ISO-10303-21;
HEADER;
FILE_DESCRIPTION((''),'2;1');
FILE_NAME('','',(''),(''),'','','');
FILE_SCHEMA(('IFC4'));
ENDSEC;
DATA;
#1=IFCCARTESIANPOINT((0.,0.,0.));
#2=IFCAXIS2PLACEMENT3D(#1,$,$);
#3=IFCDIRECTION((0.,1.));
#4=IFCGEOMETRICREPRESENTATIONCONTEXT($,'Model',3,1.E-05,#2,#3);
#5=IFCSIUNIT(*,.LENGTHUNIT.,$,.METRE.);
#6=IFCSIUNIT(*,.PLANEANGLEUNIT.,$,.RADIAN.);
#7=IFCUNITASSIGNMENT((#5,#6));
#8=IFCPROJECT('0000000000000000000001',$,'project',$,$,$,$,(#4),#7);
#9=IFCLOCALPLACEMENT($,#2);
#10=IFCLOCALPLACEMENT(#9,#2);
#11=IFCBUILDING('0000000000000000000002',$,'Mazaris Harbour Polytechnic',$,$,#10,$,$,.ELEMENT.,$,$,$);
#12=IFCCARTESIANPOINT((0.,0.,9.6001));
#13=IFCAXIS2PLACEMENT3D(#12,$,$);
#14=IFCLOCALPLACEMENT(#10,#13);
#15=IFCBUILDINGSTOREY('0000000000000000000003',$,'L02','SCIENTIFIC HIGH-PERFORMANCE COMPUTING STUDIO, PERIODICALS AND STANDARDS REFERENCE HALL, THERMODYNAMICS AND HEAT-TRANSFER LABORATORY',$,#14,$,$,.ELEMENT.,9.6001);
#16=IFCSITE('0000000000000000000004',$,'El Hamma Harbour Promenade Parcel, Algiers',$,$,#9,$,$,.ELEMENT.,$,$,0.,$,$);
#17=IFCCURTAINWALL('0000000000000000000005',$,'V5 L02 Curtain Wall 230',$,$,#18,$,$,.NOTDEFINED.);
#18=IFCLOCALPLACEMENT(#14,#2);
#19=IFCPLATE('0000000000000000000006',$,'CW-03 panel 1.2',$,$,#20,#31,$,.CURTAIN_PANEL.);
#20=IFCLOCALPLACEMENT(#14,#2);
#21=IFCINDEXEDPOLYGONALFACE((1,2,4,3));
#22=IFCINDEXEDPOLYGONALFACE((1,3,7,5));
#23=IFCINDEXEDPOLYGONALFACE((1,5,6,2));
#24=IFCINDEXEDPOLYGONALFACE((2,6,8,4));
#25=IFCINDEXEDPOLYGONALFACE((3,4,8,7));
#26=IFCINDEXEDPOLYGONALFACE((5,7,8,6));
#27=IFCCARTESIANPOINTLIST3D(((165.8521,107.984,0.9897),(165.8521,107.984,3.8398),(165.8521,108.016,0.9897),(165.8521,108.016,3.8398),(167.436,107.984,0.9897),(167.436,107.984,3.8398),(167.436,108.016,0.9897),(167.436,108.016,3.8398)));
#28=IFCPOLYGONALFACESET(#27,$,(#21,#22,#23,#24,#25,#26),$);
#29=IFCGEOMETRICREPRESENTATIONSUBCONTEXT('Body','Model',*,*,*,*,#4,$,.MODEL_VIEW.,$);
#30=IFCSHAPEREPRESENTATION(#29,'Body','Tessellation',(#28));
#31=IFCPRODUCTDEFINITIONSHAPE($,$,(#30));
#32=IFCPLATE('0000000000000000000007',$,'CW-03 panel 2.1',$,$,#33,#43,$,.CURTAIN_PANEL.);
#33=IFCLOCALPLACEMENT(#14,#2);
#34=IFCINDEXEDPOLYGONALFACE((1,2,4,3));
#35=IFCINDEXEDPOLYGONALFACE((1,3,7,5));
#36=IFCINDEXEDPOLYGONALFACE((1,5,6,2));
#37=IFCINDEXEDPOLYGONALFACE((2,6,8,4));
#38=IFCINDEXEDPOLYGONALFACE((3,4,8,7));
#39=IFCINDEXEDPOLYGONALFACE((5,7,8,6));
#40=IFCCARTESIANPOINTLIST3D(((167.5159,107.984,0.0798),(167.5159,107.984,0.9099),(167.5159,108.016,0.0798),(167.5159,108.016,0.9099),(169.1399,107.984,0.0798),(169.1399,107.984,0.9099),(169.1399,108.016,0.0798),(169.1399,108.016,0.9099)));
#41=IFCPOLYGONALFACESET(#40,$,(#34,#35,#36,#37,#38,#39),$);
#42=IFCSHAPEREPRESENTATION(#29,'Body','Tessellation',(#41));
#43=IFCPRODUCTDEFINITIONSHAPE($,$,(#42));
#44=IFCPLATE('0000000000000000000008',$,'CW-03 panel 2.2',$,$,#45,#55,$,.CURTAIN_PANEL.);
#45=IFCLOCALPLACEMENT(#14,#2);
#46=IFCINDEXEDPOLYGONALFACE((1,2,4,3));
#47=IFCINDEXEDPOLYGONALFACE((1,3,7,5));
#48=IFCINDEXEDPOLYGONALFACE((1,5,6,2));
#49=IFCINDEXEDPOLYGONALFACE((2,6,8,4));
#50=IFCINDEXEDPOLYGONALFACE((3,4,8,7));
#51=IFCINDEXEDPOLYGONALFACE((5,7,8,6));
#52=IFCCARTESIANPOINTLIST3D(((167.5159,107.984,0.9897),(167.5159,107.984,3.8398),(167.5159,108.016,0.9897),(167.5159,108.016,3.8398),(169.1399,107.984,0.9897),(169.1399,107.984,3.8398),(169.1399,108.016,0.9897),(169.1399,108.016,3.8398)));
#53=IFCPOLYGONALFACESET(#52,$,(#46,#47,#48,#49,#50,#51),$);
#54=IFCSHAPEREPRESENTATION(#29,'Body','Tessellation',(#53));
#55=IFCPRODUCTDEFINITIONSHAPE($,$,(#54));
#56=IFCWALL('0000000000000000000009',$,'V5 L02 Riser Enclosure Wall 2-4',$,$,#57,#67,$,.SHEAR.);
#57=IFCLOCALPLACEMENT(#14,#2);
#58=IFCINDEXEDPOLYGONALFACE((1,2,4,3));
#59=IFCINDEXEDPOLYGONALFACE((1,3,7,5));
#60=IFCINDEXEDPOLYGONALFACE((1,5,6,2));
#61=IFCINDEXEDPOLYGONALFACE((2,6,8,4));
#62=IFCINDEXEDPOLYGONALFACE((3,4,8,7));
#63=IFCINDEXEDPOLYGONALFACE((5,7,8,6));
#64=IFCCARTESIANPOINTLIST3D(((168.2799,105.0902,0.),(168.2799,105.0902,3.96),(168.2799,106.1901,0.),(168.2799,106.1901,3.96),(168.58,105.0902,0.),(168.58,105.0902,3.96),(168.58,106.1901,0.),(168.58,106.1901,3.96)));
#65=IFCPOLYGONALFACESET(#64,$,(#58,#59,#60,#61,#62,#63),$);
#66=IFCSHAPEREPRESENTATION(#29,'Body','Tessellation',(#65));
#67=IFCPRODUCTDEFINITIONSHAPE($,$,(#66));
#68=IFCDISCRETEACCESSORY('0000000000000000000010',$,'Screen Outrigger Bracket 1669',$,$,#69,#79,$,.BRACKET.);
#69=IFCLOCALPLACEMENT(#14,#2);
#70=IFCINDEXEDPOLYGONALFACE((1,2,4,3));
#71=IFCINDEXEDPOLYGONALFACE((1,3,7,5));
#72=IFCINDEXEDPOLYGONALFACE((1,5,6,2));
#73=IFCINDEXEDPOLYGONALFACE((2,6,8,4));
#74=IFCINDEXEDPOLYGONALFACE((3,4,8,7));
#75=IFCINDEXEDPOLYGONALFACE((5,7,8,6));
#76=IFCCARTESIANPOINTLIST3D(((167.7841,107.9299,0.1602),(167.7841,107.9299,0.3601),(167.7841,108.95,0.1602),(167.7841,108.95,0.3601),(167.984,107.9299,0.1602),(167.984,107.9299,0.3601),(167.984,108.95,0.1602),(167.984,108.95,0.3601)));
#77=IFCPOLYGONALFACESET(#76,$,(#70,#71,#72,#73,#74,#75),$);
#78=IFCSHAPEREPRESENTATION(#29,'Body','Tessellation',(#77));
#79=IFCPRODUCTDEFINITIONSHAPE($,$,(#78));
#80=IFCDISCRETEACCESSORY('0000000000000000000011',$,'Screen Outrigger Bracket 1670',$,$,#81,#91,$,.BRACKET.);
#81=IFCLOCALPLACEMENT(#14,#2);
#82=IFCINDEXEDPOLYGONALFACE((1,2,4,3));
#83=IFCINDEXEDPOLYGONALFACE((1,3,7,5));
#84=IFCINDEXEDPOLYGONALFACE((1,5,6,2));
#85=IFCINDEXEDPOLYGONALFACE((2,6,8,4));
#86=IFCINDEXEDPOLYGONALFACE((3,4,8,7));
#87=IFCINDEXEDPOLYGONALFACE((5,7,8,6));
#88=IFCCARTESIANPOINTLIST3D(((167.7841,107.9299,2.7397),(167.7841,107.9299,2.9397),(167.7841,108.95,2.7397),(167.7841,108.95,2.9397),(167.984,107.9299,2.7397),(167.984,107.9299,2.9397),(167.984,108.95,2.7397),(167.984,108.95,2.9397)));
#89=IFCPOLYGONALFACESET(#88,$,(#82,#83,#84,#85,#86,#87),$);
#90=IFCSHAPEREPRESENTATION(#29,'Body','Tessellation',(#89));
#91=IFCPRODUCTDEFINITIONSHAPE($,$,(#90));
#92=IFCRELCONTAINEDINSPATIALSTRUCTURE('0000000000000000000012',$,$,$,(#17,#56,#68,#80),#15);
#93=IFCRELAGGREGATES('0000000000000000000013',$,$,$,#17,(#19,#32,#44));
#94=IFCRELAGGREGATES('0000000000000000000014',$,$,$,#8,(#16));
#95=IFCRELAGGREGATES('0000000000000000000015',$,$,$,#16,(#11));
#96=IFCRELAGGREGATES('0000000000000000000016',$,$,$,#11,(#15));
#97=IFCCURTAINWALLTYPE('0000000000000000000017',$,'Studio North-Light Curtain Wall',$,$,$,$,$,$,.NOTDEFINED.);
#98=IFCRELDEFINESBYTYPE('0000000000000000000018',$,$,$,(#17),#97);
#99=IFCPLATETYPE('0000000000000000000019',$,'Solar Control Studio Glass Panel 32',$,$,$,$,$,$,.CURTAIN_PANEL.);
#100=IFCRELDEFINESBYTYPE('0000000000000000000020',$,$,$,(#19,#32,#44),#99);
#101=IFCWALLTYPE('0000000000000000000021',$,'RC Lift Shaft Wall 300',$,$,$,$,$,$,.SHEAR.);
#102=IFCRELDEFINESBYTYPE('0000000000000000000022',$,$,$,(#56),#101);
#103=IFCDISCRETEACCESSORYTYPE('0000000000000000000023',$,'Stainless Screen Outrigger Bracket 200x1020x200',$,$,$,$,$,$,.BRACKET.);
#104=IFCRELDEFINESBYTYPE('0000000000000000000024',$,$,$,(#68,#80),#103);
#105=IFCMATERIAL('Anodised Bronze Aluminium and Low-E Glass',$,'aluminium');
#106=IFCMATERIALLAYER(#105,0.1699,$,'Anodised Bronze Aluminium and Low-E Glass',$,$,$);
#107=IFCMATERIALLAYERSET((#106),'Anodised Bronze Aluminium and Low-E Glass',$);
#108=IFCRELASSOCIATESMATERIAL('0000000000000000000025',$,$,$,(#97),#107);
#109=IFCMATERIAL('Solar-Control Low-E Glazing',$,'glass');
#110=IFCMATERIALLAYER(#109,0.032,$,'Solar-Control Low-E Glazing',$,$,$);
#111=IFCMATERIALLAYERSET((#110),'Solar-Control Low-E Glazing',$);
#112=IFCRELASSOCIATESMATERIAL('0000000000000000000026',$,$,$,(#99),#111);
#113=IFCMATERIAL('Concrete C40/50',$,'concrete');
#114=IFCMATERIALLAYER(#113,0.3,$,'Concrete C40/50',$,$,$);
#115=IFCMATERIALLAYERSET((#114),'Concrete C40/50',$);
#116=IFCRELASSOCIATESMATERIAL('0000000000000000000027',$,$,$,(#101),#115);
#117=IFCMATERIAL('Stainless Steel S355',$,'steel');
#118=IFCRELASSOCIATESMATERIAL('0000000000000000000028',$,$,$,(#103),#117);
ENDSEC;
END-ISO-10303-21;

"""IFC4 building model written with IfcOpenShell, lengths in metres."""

from ifc_helpers import new_model, si_unit, direction, frame, frame_2d, origin, origin_2d, place, context, subcontext, project, spatial, rectangle, extrude, material, layer, layer_set, type_object, element, aggregate, save


model = new_model("IFC4")

# Units and contexts
model_context = context("Model", 3, precision=1e-05, world=origin(), true_north=direction((0.0, 1.0)))
body_context = subcontext(model_context, "Body", "Model", "MODEL_VIEW")
ifc_project = project(units=[si_unit("LENGTHUNIT", "METRE"), si_unit("PLANEANGLEUNIT", "RADIAN")], contexts=[model_context])

# Site, building, storey
site_placement = place(None, origin())
site = spatial("IfcSite", under=ifc_project, at=site_placement, Name="El Hamma Harbour Promenade Parcel, Algiers", CompositionType="ELEMENT", RefElevation=0.0)
building_placement = place(site_placement, origin())
building = spatial("IfcBuilding", under=site, at=building_placement, Name="Mazaris Harbour Polytechnic", CompositionType="ELEMENT")
storey_placement = place(building_placement, frame((0.0, 0.0, 9.6001)))
storey = spatial("IfcBuildingStorey", under=building, at=storey_placement, Name="L02", Description="SCIENTIFIC HIGH-PERFORMANCE COMPUTING STUDIO, PERIODICALS AND STANDARDS REFERENCE HALL, THERMODYNAMICS AND HEAT-TRANSFER LABORATORY", CompositionType="ELEMENT", Elevation=9.6001)

# Curtain wall, plates
ifc_material_1 = material(Name="Anodised Bronze Aluminium and Low-E Glass", Category="aluminium")
ifc_layer_1 = layer(ifc_material_1, 0.1699, Name="Anodised Bronze Aluminium and Low-E Glass")
ifc_layer_set_1 = layer_set([ifc_layer_1], Name="Anodised Bronze Aluminium and Low-E Glass")
curtain_wall_type = type_object("IfcCurtainWallType", Name="Studio North-Light Curtain Wall", PredefinedType="NOTDEFINED", material=ifc_layer_set_1)
curtain_wall_placement = place(storey_placement, origin())
curtain_wall = element("IfcCurtainWall", 1, at=curtain_wall_placement, inside=storey, type_object=curtain_wall_type, Name="V5 L02 Curtain Wall 230", PredefinedType="NOTDEFINED")
ifc_material_2 = material(Name="Solar-Control Low-E Glazing", Category="glass")
ifc_layer_2 = layer(ifc_material_2, 0.032, Name="Solar-Control Low-E Glazing")
ifc_layer_set_2 = layer_set([ifc_layer_2], Name="Solar-Control Low-E Glazing")
plate_type = type_object("IfcPlateType", Name="Solar Control Studio Glass Panel 32", PredefinedType="CURTAIN_PANEL", material=ifc_layer_set_2)
plate_1_placement = place(storey_placement, frame((166.644, 108.0, 0.9897), z_axis=(0.0, 0.0, 1.0), x_axis=(1.0, 0.0, 0.0)))
plate_1 = element("IfcPlate", 2, at=plate_1_placement, type_object=plate_type, Name="CW-03 panel 1.2", PredefinedType="CURTAIN_PANEL", context=body_context, shape_type="SweptSolid", body=[
    extrude(rectangle(XDim=1.584, YDim=0.032, at=origin_2d()), origin(), (0.0, 0.0, 1.0), 2.8501),
])
plate_2_placement = place(storey_placement, frame((168.3279, 108.0, 0.0798), z_axis=(0.0, 0.0, 1.0), x_axis=(1.0, 0.0, 0.0)))
plate_2 = element("IfcPlate", 3, at=plate_2_placement, type_object=plate_type, Name="CW-03 panel 2.1", PredefinedType="CURTAIN_PANEL", context=body_context, shape_type="SweptSolid", body=[
    extrude(rectangle(XDim=1.624, YDim=0.032, at=origin_2d()), origin(), (0.0, 0.0, 1.0), 0.8301),
])
plate_3_placement = place(storey_placement, frame((168.3279, 108.0, 0.9897), z_axis=(0.0, 0.0, 1.0), x_axis=(1.0, 0.0, 0.0)))
plate_3 = element("IfcPlate", 4, at=plate_3_placement, type_object=plate_type, Name="CW-03 panel 2.2", PredefinedType="CURTAIN_PANEL", context=body_context, shape_type="SweptSolid", body=[
    extrude(rectangle(XDim=1.624, YDim=0.032, at=origin_2d()), origin(), (0.0, 0.0, 1.0), 2.8501),
])
aggregate(curtain_wall, [plate_1, plate_2, plate_3])

# Wall
ifc_material_3 = material(Name="Concrete C40/50", Category="concrete")
ifc_layer_3 = layer(ifc_material_3, 0.3, Name="Concrete C40/50")
ifc_layer_set_3 = layer_set([ifc_layer_3], Name="Concrete C40/50")
wall_type = type_object("IfcWallType", Name="RC Lift Shaft Wall 300", PredefinedType="SHEAR", material=ifc_layer_set_3)
wall_placement = place(storey_placement, frame((168.4299, 106.1899, 0.0), z_axis=(0.0, 0.0, 1.0), x_axis=(0.0, -1.0, 0.0)))
element("IfcWall", 5, at=wall_placement, inside=storey, type_object=wall_type, Name="V5 L02 Riser Enclosure Wall 2-4", PredefinedType="SHEAR", context=body_context, shape_type="SweptSolid", body=[
    extrude(rectangle(XDim=1.0999, YDim=0.3, at=frame_2d((0.5498, 0.0))), origin(), (0.0, 0.0, 1.0), 3.96),
])

# Discrete accessories
ifc_material_4 = material(Name="Stainless Steel S355", Category="steel")
discrete_accessory_type = type_object("IfcDiscreteAccessoryType", Name="Stainless Screen Outrigger Bracket 200x1020x200", PredefinedType="BRACKET", material=ifc_material_4)
for number, where, z_axis, x_axis, name in (
    (6, (167.884, 108.4399, 0.1602), (0.0, 0.0, 1.0), (1.0, 0.0, 0.0), "Screen Outrigger Bracket 1669"),
    (7, (167.884, 108.4399, 2.7397), (0.0, 0.0, 1.0), (1.0, 0.0, 0.0), "Screen Outrigger Bracket 1670"),
):
    element("IfcDiscreteAccessory", number, at=place(storey_placement, frame(where, z_axis=z_axis, x_axis=x_axis)), inside=storey, type_object=discrete_accessory_type, Name=name, PredefinedType="BRACKET", context=body_context, shape_type="SweptSolid", body=[
        extrude(rectangle(XDim=0.2, YDim=1.02, at=origin_2d()), origin(), (0.0, 0.0, 1.0), 0.2),
    ])

save(model, "model.ifc")
